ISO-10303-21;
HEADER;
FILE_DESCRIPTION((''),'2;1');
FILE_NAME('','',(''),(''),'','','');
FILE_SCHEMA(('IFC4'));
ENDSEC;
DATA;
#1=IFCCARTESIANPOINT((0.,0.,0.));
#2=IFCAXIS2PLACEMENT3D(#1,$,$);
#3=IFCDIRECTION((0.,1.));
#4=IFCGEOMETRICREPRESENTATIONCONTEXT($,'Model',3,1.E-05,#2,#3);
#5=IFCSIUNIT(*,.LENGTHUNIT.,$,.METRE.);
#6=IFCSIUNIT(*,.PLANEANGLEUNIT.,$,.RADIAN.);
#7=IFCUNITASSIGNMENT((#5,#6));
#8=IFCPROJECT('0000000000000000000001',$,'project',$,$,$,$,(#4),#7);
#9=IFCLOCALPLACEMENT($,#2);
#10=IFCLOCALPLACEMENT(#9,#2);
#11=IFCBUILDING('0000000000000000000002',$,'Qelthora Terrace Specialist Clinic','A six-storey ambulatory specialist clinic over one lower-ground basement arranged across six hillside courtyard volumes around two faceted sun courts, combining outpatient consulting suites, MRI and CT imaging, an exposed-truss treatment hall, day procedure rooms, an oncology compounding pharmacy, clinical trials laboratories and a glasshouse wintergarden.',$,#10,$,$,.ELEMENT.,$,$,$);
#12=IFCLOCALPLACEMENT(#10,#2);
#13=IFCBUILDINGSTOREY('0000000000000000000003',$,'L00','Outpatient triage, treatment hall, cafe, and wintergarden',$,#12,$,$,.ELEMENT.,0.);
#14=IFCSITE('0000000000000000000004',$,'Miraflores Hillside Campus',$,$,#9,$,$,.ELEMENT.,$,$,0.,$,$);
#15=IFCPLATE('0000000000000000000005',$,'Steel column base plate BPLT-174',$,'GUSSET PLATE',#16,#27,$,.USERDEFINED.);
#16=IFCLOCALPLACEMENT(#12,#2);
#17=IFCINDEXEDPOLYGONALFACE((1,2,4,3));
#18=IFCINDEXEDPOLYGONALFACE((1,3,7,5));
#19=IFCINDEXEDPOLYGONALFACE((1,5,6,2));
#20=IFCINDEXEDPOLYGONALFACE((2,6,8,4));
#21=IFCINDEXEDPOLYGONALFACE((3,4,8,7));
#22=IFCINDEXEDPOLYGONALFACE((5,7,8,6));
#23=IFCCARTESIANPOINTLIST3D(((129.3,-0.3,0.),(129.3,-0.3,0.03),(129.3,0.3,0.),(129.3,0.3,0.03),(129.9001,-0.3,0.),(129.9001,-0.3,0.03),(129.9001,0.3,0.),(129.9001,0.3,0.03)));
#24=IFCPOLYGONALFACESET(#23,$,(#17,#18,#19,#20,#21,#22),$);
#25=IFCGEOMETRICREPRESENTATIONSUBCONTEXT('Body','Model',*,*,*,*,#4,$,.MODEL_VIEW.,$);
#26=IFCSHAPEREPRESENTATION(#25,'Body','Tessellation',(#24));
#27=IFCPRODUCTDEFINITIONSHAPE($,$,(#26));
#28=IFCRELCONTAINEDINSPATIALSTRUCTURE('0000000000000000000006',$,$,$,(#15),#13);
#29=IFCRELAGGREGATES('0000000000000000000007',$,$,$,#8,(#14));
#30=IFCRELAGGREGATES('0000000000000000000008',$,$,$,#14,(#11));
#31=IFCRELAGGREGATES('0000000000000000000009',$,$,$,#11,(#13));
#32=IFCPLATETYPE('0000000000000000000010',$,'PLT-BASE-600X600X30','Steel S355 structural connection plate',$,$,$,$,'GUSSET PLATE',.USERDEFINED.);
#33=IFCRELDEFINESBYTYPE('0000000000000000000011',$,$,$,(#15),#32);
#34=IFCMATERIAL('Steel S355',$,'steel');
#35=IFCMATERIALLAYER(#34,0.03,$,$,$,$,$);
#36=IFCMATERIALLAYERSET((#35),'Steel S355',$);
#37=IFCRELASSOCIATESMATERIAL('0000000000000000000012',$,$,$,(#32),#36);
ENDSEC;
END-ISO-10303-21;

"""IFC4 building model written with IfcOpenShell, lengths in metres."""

from ifc_helpers import new_model, si_unit, direction, frame, origin, origin_2d, place, context, subcontext, project, spatial, rectangle, extrude, material, layer, layer_set, type_object, element, save


model = new_model("IFC4")

# Units and contexts
model_context = context("Model", 3, precision=1e-05, world=origin(), true_north=direction((0.0, 1.0)))
body_context = subcontext(model_context, "Body", "Model", "MODEL_VIEW")
ifc_project = project(units=[si_unit("LENGTHUNIT", "METRE"), si_unit("PLANEANGLEUNIT", "RADIAN")], contexts=[model_context])

# Site, building, storey
site_placement = place(None, origin())
site = spatial("IfcSite", under=ifc_project, at=site_placement, Name="Miraflores Hillside Campus", CompositionType="ELEMENT", RefElevation=0.0)
building_placement = place(site_placement, origin())
building = spatial("IfcBuilding", under=site, at=building_placement, Name="Qelthora Terrace Specialist Clinic", Description="A six-storey ambulatory specialist clinic over one lower-ground basement arranged across six hillside courtyard volumes around two faceted sun courts, combining outpatient consulting suites, MRI and CT imaging, an exposed-truss treatment hall, day procedure rooms, an oncology compounding pharmacy, clinical trials laboratories and a glasshouse wintergarden.", CompositionType="ELEMENT")
storey_placement = place(building_placement, origin())
storey = spatial("IfcBuildingStorey", under=building, at=storey_placement, Name="L00", Description="Outpatient triage, treatment hall, cafe, and wintergarden", CompositionType="ELEMENT", Elevation=0.0)

# Shared definitions
ifc_material_1 = material(Name="Steel S355", Category="steel")

# Plate
ifc_layer_1 = layer(ifc_material_1, 0.03)
ifc_layer_set_1 = layer_set([ifc_layer_1], Name="Steel S355")
plate_type_1 = type_object("IfcPlateType", Name="PLT-BASE-600X600X30", Description="Steel S355 structural connection plate", ElementType="GUSSET PLATE", PredefinedType="USERDEFINED", material=ifc_layer_set_1)
plate_1_placement = place(storey_placement, frame((129.6001, 0.0, 0.0), z_axis=(0.0, 0.0, 1.0), x_axis=(1.0, 0.0, 0.0)))
element("IfcPlate", 1, at=plate_1_placement, inside=storey, type_object=plate_type_1, Name="Steel column base plate BPLT-174", ObjectType="GUSSET PLATE", PredefinedType="USERDEFINED", context=body_context, shape_type="SweptSolid", body=[
    extrude(rectangle(XDim=0.6001, YDim=0.6001, at=origin_2d()), origin(), (0.0, 0.0, 1.0), 0.03),
])

save(model, "model.ifc")
